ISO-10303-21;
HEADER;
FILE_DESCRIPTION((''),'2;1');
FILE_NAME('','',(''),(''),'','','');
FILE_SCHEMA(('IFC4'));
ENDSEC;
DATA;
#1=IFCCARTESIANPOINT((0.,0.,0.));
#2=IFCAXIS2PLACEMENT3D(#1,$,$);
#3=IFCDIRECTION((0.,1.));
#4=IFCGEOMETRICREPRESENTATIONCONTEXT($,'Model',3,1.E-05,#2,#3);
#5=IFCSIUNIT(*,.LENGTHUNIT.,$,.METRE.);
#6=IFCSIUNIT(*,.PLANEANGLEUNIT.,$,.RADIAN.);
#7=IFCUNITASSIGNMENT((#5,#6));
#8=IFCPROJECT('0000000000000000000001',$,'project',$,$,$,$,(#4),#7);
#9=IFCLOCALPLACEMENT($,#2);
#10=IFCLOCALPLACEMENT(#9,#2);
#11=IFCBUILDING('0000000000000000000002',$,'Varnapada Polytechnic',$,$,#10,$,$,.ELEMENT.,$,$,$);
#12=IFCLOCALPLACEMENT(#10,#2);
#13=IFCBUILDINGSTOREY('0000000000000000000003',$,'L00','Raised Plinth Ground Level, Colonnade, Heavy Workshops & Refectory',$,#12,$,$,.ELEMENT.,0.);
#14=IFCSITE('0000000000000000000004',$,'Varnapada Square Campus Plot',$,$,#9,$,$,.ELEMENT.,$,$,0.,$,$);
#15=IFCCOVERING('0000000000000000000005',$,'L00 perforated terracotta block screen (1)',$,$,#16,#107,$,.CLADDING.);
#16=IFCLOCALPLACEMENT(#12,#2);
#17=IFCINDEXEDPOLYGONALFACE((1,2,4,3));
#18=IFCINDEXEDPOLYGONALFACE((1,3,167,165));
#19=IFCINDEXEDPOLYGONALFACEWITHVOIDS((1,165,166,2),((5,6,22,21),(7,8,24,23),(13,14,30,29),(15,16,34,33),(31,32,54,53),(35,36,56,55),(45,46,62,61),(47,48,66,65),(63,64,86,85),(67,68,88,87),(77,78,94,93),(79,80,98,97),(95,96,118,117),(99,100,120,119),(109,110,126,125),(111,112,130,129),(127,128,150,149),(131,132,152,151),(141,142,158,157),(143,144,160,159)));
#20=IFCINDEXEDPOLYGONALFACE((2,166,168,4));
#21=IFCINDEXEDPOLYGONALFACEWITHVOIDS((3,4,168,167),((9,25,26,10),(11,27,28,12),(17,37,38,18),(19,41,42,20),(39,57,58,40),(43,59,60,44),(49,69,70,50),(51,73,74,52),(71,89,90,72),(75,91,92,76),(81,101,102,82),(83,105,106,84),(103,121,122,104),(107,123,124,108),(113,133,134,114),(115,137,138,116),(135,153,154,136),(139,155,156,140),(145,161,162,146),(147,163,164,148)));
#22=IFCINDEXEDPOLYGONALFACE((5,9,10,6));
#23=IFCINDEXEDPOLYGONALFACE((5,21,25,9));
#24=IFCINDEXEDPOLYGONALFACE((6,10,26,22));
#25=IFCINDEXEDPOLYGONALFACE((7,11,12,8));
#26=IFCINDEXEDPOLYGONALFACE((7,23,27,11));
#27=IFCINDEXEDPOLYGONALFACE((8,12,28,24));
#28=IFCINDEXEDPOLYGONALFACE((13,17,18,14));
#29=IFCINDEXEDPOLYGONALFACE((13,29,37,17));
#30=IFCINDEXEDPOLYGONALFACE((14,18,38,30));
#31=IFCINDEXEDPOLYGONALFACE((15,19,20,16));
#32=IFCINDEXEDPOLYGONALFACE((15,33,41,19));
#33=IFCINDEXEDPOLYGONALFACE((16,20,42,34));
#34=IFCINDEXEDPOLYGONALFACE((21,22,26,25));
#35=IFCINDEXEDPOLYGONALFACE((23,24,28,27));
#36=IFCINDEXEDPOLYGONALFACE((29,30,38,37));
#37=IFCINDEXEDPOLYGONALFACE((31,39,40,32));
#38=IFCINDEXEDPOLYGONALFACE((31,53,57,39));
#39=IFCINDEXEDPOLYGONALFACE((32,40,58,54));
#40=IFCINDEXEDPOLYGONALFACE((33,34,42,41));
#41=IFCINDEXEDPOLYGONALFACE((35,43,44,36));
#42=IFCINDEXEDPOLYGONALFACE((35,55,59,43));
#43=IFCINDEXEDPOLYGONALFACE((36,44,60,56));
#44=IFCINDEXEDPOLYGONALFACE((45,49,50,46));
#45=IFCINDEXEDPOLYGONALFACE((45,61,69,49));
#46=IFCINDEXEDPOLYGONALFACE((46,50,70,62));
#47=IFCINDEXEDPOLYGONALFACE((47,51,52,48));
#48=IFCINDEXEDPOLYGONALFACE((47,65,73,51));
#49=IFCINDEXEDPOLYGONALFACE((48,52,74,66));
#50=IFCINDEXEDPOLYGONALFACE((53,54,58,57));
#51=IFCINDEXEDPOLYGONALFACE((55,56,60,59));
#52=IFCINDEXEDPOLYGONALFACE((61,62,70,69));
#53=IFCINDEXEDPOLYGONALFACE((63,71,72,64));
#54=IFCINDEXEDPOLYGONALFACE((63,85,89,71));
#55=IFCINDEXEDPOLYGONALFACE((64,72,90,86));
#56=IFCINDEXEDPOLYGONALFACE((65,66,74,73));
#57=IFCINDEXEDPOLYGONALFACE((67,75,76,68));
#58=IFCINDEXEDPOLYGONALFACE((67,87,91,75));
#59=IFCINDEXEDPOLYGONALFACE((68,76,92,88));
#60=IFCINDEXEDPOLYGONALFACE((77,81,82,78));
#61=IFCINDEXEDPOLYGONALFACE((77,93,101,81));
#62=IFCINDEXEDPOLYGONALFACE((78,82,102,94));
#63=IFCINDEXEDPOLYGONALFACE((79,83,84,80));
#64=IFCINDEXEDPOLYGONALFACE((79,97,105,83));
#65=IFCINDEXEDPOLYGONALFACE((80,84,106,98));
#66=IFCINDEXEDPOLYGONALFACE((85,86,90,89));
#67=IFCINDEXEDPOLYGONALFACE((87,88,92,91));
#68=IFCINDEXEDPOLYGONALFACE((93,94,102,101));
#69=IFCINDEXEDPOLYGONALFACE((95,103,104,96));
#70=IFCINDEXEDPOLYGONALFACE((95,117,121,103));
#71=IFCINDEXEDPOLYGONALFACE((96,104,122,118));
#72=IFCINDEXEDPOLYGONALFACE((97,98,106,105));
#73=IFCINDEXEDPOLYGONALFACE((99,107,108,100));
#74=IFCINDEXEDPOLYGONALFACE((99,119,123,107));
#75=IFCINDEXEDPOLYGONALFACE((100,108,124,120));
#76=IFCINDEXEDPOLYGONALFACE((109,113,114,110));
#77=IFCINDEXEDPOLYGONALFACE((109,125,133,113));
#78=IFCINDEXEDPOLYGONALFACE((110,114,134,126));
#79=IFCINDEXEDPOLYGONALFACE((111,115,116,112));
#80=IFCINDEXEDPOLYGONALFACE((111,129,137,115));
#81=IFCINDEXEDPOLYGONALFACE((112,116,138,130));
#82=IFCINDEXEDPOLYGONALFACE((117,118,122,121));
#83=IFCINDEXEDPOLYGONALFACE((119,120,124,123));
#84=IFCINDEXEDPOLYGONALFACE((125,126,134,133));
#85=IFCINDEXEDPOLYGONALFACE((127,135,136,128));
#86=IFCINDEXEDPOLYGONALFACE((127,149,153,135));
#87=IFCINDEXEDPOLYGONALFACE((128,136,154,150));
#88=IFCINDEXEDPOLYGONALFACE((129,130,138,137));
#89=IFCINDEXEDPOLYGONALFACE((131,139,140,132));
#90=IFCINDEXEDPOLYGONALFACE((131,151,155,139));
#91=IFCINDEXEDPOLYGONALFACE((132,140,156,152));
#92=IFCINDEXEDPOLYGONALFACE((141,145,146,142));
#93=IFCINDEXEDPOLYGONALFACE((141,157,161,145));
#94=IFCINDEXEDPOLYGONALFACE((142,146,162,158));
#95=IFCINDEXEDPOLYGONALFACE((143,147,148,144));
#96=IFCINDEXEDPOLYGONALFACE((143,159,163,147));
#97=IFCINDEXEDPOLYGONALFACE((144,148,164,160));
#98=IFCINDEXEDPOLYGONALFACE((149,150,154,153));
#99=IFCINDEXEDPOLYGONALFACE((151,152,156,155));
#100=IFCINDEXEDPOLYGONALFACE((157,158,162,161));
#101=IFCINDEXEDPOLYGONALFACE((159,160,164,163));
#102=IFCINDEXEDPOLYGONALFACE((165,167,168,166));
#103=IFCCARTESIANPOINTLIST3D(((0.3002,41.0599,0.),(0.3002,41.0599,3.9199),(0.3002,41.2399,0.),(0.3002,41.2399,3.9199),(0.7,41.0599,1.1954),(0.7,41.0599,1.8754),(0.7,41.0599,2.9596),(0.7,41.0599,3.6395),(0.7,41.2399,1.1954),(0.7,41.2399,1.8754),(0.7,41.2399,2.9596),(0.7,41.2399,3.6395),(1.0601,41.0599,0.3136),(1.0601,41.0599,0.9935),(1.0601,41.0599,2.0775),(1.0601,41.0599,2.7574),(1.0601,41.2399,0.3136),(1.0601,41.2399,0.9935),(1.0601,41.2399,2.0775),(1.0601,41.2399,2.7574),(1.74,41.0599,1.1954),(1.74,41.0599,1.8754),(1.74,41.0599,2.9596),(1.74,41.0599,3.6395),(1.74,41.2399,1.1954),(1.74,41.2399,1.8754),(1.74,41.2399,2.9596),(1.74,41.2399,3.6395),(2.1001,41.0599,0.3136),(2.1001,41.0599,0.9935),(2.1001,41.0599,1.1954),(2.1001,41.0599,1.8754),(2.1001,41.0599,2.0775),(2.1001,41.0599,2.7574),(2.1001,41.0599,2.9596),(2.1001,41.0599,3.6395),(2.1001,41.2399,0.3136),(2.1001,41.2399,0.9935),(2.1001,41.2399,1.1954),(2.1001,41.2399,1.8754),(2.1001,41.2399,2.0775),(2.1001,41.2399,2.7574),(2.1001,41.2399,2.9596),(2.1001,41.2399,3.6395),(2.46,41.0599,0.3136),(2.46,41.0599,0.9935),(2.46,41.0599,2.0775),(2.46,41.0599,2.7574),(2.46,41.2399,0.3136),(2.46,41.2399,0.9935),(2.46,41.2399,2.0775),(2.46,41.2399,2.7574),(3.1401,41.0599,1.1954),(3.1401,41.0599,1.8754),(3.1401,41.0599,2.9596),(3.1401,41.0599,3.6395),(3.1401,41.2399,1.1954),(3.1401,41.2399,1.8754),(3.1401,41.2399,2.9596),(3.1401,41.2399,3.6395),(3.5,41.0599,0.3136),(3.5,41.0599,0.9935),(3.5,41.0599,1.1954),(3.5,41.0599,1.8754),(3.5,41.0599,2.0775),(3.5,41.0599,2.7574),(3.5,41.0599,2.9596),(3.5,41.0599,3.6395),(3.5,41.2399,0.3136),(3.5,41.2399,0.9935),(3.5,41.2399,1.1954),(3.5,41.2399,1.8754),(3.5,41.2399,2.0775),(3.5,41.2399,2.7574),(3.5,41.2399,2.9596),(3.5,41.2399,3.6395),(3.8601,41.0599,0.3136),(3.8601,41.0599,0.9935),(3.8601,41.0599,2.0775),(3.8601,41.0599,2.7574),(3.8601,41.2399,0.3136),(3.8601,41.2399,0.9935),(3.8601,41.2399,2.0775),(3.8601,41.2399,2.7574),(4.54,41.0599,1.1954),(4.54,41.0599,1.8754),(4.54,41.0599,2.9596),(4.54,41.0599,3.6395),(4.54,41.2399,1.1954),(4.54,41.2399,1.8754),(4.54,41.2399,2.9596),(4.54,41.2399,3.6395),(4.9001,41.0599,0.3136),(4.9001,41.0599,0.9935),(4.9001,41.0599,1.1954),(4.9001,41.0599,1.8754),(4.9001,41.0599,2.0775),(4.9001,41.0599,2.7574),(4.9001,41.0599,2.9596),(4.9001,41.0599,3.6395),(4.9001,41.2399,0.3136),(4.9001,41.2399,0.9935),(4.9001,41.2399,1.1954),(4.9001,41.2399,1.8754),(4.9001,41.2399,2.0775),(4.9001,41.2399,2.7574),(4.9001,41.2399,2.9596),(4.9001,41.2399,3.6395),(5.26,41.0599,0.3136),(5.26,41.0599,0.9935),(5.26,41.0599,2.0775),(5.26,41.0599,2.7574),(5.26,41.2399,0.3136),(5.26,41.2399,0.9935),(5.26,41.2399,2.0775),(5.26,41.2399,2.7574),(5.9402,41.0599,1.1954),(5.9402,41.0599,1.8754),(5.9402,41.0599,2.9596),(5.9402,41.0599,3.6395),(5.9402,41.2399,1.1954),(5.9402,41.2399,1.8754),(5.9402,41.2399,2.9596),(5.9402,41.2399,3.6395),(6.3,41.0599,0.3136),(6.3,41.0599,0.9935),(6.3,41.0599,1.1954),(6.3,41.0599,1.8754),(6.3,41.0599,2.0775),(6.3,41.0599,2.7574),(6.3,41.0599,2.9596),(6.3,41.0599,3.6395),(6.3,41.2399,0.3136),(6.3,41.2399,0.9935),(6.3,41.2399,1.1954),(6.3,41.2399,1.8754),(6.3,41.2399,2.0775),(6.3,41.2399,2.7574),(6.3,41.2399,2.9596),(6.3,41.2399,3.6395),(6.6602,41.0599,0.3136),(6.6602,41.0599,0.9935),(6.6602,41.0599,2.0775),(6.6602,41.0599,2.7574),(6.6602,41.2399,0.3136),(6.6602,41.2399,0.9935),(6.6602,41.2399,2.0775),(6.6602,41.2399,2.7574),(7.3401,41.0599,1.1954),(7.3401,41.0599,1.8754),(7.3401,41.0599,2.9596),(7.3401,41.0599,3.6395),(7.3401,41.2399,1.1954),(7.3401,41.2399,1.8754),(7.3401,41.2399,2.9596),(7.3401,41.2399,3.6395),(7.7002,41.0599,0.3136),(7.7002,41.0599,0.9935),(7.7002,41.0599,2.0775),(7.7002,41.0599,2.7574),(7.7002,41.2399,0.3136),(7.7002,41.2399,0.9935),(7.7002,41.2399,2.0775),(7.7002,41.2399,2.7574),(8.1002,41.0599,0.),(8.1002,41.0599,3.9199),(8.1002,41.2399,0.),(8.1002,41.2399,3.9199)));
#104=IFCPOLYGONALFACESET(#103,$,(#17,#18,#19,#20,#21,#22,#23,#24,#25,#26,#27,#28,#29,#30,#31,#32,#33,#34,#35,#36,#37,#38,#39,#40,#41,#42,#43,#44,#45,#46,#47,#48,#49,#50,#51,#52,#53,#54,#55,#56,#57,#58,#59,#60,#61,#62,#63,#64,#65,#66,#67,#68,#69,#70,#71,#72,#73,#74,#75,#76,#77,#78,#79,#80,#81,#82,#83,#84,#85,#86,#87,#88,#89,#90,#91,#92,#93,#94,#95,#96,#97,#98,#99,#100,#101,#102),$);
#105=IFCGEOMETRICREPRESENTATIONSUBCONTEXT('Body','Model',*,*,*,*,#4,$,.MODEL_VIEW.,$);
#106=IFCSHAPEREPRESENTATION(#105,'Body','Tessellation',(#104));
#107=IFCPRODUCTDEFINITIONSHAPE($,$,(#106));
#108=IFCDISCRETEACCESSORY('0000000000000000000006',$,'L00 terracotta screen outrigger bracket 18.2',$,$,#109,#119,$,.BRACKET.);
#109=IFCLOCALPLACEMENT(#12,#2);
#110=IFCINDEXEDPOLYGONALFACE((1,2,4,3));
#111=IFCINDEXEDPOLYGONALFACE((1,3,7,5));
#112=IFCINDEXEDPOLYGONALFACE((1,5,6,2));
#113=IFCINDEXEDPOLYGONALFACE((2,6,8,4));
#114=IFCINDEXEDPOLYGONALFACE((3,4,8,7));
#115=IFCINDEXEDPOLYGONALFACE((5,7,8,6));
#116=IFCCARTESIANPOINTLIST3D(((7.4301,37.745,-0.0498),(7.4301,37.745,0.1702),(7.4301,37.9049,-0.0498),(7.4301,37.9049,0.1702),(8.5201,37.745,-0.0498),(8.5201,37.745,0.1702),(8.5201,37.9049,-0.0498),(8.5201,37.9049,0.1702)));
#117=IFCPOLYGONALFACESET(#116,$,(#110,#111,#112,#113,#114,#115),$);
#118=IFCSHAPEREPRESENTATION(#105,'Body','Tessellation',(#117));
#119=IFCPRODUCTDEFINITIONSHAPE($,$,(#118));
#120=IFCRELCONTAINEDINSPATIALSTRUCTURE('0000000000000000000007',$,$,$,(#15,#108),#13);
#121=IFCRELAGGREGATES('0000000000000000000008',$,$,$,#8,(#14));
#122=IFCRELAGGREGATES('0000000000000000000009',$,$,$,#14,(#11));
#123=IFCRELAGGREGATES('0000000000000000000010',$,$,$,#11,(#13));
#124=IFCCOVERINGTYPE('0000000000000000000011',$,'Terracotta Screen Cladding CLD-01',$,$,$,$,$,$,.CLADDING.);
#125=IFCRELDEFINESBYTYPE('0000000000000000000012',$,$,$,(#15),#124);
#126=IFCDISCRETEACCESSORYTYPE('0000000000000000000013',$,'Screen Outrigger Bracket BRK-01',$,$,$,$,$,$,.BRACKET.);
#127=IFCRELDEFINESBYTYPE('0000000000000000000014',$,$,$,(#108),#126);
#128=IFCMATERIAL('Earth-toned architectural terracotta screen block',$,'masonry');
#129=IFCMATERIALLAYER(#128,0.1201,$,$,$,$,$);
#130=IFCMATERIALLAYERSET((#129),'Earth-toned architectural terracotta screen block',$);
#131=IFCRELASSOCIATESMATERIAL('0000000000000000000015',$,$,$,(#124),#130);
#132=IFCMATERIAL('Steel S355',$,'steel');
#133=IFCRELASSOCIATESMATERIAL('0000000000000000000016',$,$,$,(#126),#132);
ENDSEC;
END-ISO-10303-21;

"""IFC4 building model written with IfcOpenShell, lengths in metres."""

from ifc_helpers import new_model, si_unit, direction, frame, frame_2d, origin, origin_2d, place, context, subcontext, project, spatial, rectangle, extrude, material, layer, layer_set, type_object, element, save


model = new_model("IFC4")

# Units and contexts
model_context = context("Model", 3, precision=1e-05, world=origin(), true_north=direction((0.0, 1.0)))
body_context = subcontext(model_context, "Body", "Model", "MODEL_VIEW")
ifc_project = project(units=[si_unit("LENGTHUNIT", "METRE"), si_unit("PLANEANGLEUNIT", "RADIAN")], contexts=[model_context])

# Site, building, storey
site_placement = place(None, origin())
site = spatial("IfcSite", under=ifc_project, at=site_placement, Name="Varnapada Square Campus Plot", CompositionType="ELEMENT", RefElevation=0.0)
building_placement = place(site_placement, origin())
building = spatial("IfcBuilding", under=site, at=building_placement, Name="Varnapada Polytechnic", CompositionType="ELEMENT")
storey_placement = place(building_placement, origin())
storey = spatial("IfcBuildingStorey", under=building, at=storey_placement, Name="L00", Description="Raised Plinth Ground Level, Colonnade, Heavy Workshops & Refectory", CompositionType="ELEMENT", Elevation=0.0)

# Covering, openings
ifc_material_1 = material(Name="Earth-toned architectural terracotta screen block", Category="masonry")
ifc_layer = layer(ifc_material_1, 0.1201)
ifc_layer_set = layer_set([ifc_layer], Name="Earth-toned architectural terracotta screen block")
covering_type = type_object("IfcCoveringType", Name="Terracotta Screen Cladding CLD-01", PredefinedType="CLADDING", material=ifc_layer_set)
covering_placement = place(storey_placement, frame((8.1001, 41.1499, 0.0), z_axis=(0.0, 0.0, 1.0), x_axis=(-1.0, 0.0, 0.0)))
covering = element("IfcCovering", 1, at=covering_placement, inside=storey, type_object=covering_type, Name="L00 perforated terracotta block screen (1)", PredefinedType="CLADDING", context=body_context, shape_type="SweptSolid", body=[
    extrude(rectangle(XDim=7.8, YDim=0.1799, at=frame_2d((3.8999, 0.0))), origin(), (0.0, 0.0, 1.0), 3.9199),
])
opening_1_placement = place(covering_placement, frame((0.3999, 0.0, 0.3137)))
element("IfcOpeningElement", 2, at=opening_1_placement, cuts=covering, PredefinedType="OPENING", context=body_context, shape_type="SweptSolid", body=[
    extrude(rectangle(XDim=1.04, YDim=0.6799, at=frame_2d((0.52, 0.3398))), frame((0.0, 0.0999, 0.0), z_axis=(0.0, -1.0, 0.0), x_axis=(1.0, 0.0, 0.0)), (0.0, 0.0, 1.0), 0.2),
])
opening_2_placement = place(covering_placement, frame((1.8, 0.0, 0.3137)))
element("IfcOpeningElement", 3, at=opening_2_placement, cuts=covering, PredefinedType="OPENING", context=body_context, shape_type="SweptSolid", body=[
    extrude(rectangle(XDim=1.04, YDim=0.6799, at=frame_2d((0.52, 0.3398))), frame((0.0, 0.0999, 0.0), z_axis=(0.0, -1.0, 0.0), x_axis=(1.0, 0.0, 0.0)), (0.0, 0.0, 1.0), 0.2),
])
opening_3_placement = place(covering_placement, frame((3.2, 0.0, 0.3137)))
element("IfcOpeningElement", 4, at=opening_3_placement, cuts=covering, PredefinedType="OPENING", context=body_context, shape_type="SweptSolid", body=[
    extrude(rectangle(XDim=1.04, YDim=0.6799, at=frame_2d((0.52, 0.3398))), frame((0.0, 0.0999, 0.0), z_axis=(0.0, -1.0, 0.0), x_axis=(1.0, 0.0, 0.0)), (0.0, 0.0, 1.0), 0.2),
])
opening_4_placement = place(covering_placement, frame((4.6001, 0.0, 0.3137)))
element("IfcOpeningElement", 5, at=opening_4_placement, cuts=covering, PredefinedType="OPENING", context=body_context, shape_type="SweptSolid", body=[
    extrude(rectangle(XDim=1.04, YDim=0.6799, at=frame_2d((0.52, 0.3398))), frame((0.0, 0.0999, 0.0), z_axis=(0.0, -1.0, 0.0), x_axis=(1.0, 0.0, 0.0)), (0.0, 0.0, 1.0), 0.2),
])
opening_5_placement = place(covering_placement, frame((6.0, 0.0, 0.3137)))
element("IfcOpeningElement", 6, at=opening_5_placement, cuts=covering, PredefinedType="OPENING", context=body_context, shape_type="SweptSolid", body=[
    extrude(rectangle(XDim=1.04, YDim=0.6799, at=frame_2d((0.52, 0.3398))), frame((0.0, 0.0999, 0.0), z_axis=(0.0, -1.0, 0.0), x_axis=(1.0, 0.0, 0.0)), (0.0, 0.0, 1.0), 0.2),
])
opening_6_placement = place(covering_placement, frame((0.76, 0.0, 1.1956)))
element("IfcOpeningElement", 7, at=opening_6_placement, cuts=covering, PredefinedType="OPENING", context=body_context, shape_type="SweptSolid", body=[
    extrude(rectangle(XDim=1.04, YDim=0.6799, at=frame_2d((0.52, 0.3398))), frame((0.0, 0.0999, 0.0), z_axis=(0.0, -1.0, 0.0), x_axis=(1.0, 0.0, 0.0)), (0.0, 0.0, 1.0), 0.2),
])
opening_7_placement = place(covering_placement, frame((2.1599, 0.0, 1.1956)))
element("IfcOpeningElement", 8, at=opening_7_placement, cuts=covering, PredefinedType="OPENING", context=body_context, shape_type="SweptSolid", body=[
    extrude(rectangle(XDim=1.04, YDim=0.6799, at=frame_2d((0.52, 0.3398))), frame((0.0, 0.0999, 0.0), z_axis=(0.0, -1.0, 0.0), x_axis=(1.0, 0.0, 0.0)), (0.0, 0.0, 1.0), 0.2),
])
opening_8_placement = place(covering_placement, frame((3.5601, 0.0, 1.1956)))
element("IfcOpeningElement", 9, at=opening_8_placement, cuts=covering, PredefinedType="OPENING", context=body_context, shape_type="SweptSolid", body=[
    extrude(rectangle(XDim=1.04, YDim=0.6799, at=frame_2d((0.52, 0.3398))), frame((0.0, 0.0999, 0.0), z_axis=(0.0, -1.0, 0.0), x_axis=(1.0, 0.0, 0.0)), (0.0, 0.0, 1.0), 0.2),
])
opening_9_placement = place(covering_placement, frame((4.96, 0.0, 1.1956)))
element("IfcOpeningElement", 10, at=opening_9_placement, cuts=covering, PredefinedType="OPENING", context=body_context, shape_type="SweptSolid", body=[
    extrude(rectangle(XDim=1.04, YDim=0.6799, at=frame_2d((0.52, 0.3398))), frame((0.0, 0.0999, 0.0), z_axis=(0.0, -1.0, 0.0), x_axis=(1.0, 0.0, 0.0)), (0.0, 0.0, 1.0), 0.2),
])
opening_10_placement = place(covering_placement, frame((6.3601, 0.0, 1.1956)))
element("IfcOpeningElement", 11, at=opening_10_placement, cuts=covering, PredefinedType="OPENING", context=body_context, shape_type="SweptSolid", body=[
    extrude(rectangle(XDim=1.04, YDim=0.6799, at=frame_2d((0.52, 0.3398))), frame((0.0, 0.0999, 0.0), z_axis=(0.0, -1.0, 0.0), x_axis=(1.0, 0.0, 0.0)), (0.0, 0.0, 1.0), 0.2),
])
opening_11_placement = place(covering_placement, frame((0.3999, 0.0, 2.0776)))
element("IfcOpeningElement", 12, at=opening_11_placement, cuts=covering, PredefinedType="OPENING", context=body_context, shape_type="SweptSolid", body=[
    extrude(rectangle(XDim=1.04, YDim=0.6799, at=frame_2d((0.52, 0.3398))), frame((0.0, 0.0999, 0.0), z_axis=(0.0, -1.0, 0.0), x_axis=(1.0, 0.0, 0.0)), (0.0, 0.0, 1.0), 0.2),
])
opening_12_placement = place(covering_placement, frame((1.8, 0.0, 2.0776)))
element("IfcOpeningElement", 13, at=opening_12_placement, cuts=covering, PredefinedType="OPENING", context=body_context, shape_type="SweptSolid", body=[
    extrude(rectangle(XDim=1.04, YDim=0.6799, at=frame_2d((0.52, 0.3398))), frame((0.0, 0.0999, 0.0), z_axis=(0.0, -1.0, 0.0), x_axis=(1.0, 0.0, 0.0)), (0.0, 0.0, 1.0), 0.2),
])
opening_13_placement = place(covering_placement, frame((3.2, 0.0, 2.0776)))
element("IfcOpeningElement", 14, at=opening_13_placement, cuts=covering, PredefinedType="OPENING", context=body_context, shape_type="SweptSolid", body=[
    extrude(rectangle(XDim=1.04, YDim=0.6799, at=frame_2d((0.52, 0.3398))), frame((0.0, 0.0999, 0.0), z_axis=(0.0, -1.0, 0.0), x_axis=(1.0, 0.0, 0.0)), (0.0, 0.0, 1.0), 0.2),
])
opening_14_placement = place(covering_placement, frame((4.6001, 0.0, 2.0776)))
element("IfcOpeningElement", 15, at=opening_14_placement, cuts=covering, PredefinedType="OPENING", context=body_context, shape_type="SweptSolid", body=[
    extrude(rectangle(XDim=1.04, YDim=0.6799, at=frame_2d((0.52, 0.3398))), frame((0.0, 0.0999, 0.0), z_axis=(0.0, -1.0, 0.0), x_axis=(1.0, 0.0, 0.0)), (0.0, 0.0, 1.0), 0.2),
])
opening_15_placement = place(covering_placement, frame((6.0, 0.0, 2.0776)))
element("IfcOpeningElement", 16, at=opening_15_placement, cuts=covering, PredefinedType="OPENING", context=body_context, shape_type="SweptSolid", body=[
    extrude(rectangle(XDim=1.04, YDim=0.6799, at=frame_2d((0.52, 0.3398))), frame((0.0, 0.0999, 0.0), z_axis=(0.0, -1.0, 0.0), x_axis=(1.0, 0.0, 0.0)), (0.0, 0.0, 1.0), 0.2),
])
opening_16_placement = place(covering_placement, frame((0.76, 0.0, 2.9597)))
element("IfcOpeningElement", 17, at=opening_16_placement, cuts=covering, PredefinedType="OPENING", context=body_context, shape_type="SweptSolid", body=[
    extrude(rectangle(XDim=1.04, YDim=0.6799, at=frame_2d((0.52, 0.3398))), frame((0.0, 0.0999, 0.0), z_axis=(0.0, -1.0, 0.0), x_axis=(1.0, 0.0, 0.0)), (0.0, 0.0, 1.0), 0.2),
])
opening_17_placement = place(covering_placement, frame((2.1599, 0.0, 2.9597)))
element("IfcOpeningElement", 18, at=opening_17_placement, cuts=covering, PredefinedType="OPENING", context=body_context, shape_type="SweptSolid", body=[
    extrude(rectangle(XDim=1.04, YDim=0.6799, at=frame_2d((0.52, 0.3398))), frame((0.0, 0.0999, 0.0), z_axis=(0.0, -1.0, 0.0), x_axis=(1.0, 0.0, 0.0)), (0.0, 0.0, 1.0), 0.2),
])
opening_18_placement = place(covering_placement, frame((3.5601, 0.0, 2.9597)))
element("IfcOpeningElement", 19, at=opening_18_placement, cuts=covering, PredefinedType="OPENING", context=body_context, shape_type="SweptSolid", body=[
    extrude(rectangle(XDim=1.04, YDim=0.6799, at=frame_2d((0.52, 0.3398))), frame((0.0, 0.0999, 0.0), z_axis=(0.0, -1.0, 0.0), x_axis=(1.0, 0.0, 0.0)), (0.0, 0.0, 1.0), 0.2),
])
opening_19_placement = place(covering_placement, frame((4.96, 0.0, 2.9597)))
element("IfcOpeningElement", 20, at=opening_19_placement, cuts=covering, PredefinedType="OPENING", context=body_context, shape_type="SweptSolid", body=[
    extrude(rectangle(XDim=1.04, YDim=0.6799, at=frame_2d((0.52, 0.3398))), frame((0.0, 0.0999, 0.0), z_axis=(0.0, -1.0, 0.0), x_axis=(1.0, 0.0, 0.0)), (0.0, 0.0, 1.0), 0.2),
])
opening_20_placement = place(covering_placement, frame((6.3601, 0.0, 2.9597)))
element("IfcOpeningElement", 21, at=opening_20_placement, cuts=covering, PredefinedType="OPENING", context=body_context, shape_type="SweptSolid", body=[
    extrude(rectangle(XDim=1.04, YDim=0.6799, at=frame_2d((0.52, 0.3398))), frame((0.0, 0.0999, 0.0), z_axis=(0.0, -1.0, 0.0), x_axis=(1.0, 0.0, 0.0)), (0.0, 0.0, 1.0), 0.2),
])

# Discrete accessory
ifc_material_2 = material(Name="Steel S355", Category="steel")
discrete_accessory_type = type_object("IfcDiscreteAccessoryType", Name="Screen Outrigger Bracket BRK-01", PredefinedType="BRACKET", material=ifc_material_2)
for number, where, z_axis, x_axis, name in (
    (22, (7.9751, 37.825, -0.0498), (0.0, 0.0, 1.0), (0.0, 1.0, 0.0), "L00 terracotta screen outrigger bracket 18.2"),
):
    element("IfcDiscreteAccessory", number, at=place(storey_placement, frame(where, z_axis=z_axis, x_axis=x_axis)), inside=storey, type_object=discrete_accessory_type, Name=name, PredefinedType="BRACKET", context=body_context, shape_type="SweptSolid", body=[
        extrude(rectangle(XDim=0.1599, YDim=1.0901, at=origin_2d()), origin(), (0.0, 0.0, 1.0), 0.22),
    ])

save(model, "model.ifc")
